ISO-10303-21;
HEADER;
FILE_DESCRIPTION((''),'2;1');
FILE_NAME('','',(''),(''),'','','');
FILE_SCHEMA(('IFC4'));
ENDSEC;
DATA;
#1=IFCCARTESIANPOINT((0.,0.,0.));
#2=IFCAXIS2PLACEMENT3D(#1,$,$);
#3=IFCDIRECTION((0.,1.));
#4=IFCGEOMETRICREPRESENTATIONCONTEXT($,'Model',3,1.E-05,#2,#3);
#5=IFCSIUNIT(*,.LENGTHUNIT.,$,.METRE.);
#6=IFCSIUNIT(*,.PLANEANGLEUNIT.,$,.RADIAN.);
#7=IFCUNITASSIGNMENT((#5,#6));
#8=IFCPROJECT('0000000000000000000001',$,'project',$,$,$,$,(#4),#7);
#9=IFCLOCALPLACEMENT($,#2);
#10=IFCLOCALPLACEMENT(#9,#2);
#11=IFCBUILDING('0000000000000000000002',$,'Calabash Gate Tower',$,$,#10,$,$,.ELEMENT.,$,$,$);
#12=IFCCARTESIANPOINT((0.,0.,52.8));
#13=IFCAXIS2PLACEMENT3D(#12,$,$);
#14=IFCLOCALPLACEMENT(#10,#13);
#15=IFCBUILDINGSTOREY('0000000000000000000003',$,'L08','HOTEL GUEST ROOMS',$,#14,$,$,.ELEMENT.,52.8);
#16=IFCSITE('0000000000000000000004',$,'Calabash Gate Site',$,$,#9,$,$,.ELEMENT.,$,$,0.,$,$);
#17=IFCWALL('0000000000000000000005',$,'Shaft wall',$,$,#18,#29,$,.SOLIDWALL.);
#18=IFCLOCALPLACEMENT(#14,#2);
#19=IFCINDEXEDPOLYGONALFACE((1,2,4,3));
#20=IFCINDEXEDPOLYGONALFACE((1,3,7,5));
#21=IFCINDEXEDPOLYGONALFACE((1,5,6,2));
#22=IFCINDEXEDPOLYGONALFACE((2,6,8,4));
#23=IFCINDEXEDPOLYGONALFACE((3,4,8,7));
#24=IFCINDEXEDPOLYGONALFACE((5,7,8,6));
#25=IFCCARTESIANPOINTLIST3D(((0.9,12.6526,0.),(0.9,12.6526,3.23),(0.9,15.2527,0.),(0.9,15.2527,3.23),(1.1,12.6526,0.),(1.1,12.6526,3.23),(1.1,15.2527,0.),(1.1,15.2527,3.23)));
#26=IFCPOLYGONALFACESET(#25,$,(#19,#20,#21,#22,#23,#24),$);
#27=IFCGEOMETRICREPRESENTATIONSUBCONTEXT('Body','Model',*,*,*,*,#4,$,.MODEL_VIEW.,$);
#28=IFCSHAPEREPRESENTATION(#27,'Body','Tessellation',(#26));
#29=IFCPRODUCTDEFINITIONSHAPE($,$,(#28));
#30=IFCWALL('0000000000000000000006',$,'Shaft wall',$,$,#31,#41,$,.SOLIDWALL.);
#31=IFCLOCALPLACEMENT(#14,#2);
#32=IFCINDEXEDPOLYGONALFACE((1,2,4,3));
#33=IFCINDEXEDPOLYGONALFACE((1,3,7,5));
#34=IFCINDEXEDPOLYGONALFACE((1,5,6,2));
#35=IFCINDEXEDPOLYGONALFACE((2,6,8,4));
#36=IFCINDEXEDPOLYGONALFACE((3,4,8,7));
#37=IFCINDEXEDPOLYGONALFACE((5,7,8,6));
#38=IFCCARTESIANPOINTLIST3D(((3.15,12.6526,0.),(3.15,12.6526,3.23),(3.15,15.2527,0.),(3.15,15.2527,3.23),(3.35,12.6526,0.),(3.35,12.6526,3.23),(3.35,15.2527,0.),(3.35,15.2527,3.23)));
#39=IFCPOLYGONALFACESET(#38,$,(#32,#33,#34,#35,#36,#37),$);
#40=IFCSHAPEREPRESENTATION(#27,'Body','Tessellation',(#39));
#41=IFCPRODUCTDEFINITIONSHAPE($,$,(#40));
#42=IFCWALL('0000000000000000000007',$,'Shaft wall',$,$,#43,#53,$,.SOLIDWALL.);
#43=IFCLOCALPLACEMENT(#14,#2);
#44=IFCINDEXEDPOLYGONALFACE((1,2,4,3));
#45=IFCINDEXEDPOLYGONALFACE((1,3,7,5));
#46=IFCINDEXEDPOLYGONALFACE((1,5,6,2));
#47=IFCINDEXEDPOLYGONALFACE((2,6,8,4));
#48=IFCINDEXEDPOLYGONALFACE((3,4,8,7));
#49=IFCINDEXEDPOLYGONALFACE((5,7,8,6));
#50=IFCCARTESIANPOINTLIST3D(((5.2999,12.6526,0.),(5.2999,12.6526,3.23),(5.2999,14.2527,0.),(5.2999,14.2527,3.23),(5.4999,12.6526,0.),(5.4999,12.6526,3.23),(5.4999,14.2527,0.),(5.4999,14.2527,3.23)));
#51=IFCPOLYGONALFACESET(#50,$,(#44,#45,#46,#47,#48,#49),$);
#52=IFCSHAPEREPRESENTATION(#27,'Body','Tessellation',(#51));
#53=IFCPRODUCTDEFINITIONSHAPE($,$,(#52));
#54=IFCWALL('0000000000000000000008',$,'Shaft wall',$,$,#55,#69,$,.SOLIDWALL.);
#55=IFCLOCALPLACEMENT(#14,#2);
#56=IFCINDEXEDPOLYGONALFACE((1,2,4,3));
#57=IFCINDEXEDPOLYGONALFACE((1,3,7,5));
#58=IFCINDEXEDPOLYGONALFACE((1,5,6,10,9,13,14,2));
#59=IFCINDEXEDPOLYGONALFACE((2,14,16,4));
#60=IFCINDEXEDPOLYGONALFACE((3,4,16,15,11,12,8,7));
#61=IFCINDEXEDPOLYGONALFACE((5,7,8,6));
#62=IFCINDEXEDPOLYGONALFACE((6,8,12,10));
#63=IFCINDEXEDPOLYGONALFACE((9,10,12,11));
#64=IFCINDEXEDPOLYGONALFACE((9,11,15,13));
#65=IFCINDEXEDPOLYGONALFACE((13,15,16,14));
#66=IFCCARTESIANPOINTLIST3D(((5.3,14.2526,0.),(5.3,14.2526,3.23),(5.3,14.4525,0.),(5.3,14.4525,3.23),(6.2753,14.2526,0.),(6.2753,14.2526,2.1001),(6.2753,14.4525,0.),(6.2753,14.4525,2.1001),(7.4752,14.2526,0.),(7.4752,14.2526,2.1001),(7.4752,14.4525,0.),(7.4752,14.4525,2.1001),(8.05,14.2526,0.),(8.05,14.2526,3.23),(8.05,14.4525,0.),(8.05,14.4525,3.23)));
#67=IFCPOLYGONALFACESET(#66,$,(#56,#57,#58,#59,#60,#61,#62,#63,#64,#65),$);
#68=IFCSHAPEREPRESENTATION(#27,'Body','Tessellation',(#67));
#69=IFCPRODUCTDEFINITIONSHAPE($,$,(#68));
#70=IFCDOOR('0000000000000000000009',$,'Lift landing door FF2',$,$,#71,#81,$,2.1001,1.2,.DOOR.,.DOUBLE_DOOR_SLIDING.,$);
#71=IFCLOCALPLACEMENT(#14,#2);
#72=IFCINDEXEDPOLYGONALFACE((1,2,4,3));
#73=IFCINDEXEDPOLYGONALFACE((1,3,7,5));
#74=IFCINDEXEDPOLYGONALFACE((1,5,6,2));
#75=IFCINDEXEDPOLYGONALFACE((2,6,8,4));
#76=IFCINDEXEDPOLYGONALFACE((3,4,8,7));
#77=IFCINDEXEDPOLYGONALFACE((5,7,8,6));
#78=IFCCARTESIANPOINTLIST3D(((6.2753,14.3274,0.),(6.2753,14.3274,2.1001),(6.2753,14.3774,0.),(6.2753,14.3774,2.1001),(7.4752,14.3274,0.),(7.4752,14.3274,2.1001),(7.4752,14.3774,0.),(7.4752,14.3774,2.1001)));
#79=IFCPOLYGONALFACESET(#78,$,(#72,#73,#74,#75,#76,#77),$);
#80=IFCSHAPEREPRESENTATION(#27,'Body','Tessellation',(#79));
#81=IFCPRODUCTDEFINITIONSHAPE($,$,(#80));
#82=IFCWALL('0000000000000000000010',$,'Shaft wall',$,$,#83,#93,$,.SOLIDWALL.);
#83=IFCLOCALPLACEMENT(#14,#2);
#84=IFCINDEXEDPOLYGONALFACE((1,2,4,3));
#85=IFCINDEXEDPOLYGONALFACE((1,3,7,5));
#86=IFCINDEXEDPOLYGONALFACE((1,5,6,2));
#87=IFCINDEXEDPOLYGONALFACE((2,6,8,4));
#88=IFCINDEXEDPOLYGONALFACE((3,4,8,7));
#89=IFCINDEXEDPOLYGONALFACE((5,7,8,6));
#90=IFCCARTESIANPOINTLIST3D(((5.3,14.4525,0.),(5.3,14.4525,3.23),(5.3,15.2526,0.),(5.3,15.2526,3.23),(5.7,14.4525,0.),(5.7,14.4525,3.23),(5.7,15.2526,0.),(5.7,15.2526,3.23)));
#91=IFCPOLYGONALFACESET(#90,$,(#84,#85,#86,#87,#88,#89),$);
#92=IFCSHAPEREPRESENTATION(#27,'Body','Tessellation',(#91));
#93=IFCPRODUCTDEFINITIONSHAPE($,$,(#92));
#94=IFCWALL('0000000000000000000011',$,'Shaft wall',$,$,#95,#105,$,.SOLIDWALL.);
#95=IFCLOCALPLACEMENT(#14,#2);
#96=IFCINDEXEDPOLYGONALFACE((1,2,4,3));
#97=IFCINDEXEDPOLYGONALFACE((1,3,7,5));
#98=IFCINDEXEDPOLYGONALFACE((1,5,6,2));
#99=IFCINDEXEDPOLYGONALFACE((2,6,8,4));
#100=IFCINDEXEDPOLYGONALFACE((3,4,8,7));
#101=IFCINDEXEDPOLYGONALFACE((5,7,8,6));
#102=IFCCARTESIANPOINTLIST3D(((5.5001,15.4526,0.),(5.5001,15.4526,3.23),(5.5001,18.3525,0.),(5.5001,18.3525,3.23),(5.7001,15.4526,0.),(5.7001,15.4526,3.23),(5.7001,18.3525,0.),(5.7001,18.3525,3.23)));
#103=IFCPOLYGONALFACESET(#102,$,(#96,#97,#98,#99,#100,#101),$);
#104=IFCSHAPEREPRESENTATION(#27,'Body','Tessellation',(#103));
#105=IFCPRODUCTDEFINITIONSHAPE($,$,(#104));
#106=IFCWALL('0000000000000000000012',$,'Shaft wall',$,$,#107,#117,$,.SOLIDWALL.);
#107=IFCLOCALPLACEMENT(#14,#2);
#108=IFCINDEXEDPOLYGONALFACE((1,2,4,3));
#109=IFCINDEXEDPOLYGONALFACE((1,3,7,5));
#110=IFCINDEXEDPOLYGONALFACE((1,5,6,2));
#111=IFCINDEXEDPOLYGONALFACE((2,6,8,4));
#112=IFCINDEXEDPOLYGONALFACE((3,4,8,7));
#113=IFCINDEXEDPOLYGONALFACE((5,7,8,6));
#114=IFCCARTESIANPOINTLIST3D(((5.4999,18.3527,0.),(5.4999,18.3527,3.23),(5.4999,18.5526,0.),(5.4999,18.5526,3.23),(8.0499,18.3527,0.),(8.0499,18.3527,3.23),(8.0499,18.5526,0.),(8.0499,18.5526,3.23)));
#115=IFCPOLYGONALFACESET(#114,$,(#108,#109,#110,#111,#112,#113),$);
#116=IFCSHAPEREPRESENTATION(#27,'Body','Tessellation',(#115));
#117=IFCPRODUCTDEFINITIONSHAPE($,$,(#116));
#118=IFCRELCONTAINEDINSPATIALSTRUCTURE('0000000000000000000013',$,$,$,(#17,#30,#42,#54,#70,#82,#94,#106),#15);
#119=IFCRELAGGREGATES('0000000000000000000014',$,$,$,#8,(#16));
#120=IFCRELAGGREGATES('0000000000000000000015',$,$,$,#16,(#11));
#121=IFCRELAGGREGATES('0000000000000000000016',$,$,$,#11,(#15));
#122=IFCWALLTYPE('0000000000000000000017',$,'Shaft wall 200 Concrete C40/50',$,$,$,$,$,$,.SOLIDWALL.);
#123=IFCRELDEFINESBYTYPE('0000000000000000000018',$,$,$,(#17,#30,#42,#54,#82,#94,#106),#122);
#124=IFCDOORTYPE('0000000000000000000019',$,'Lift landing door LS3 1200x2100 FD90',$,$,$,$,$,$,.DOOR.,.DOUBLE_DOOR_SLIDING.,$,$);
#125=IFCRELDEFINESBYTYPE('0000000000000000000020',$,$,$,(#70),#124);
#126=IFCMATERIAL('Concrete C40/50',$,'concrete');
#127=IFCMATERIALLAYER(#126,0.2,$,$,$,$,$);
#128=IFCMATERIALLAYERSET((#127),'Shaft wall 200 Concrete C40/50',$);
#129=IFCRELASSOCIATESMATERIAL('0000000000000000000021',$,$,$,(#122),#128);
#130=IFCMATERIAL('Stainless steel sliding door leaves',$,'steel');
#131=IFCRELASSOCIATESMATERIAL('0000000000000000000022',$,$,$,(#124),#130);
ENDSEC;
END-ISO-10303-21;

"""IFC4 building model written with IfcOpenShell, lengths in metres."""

from ifc_helpers import new_model, si_unit, direction, frame, frame_2d, origin, place, context, subcontext, project, spatial, rectangle, extrude, material, layer, layer_set, type_object, element, fill, save


model = new_model("IFC4")

# Units and contexts
model_context = context("Model", 3, precision=1e-05, world=origin(), true_north=direction((0.0, 1.0)))
body_context = subcontext(model_context, "Body", "Model", "MODEL_VIEW")
ifc_project = project(units=[si_unit("LENGTHUNIT", "METRE"), si_unit("PLANEANGLEUNIT", "RADIAN")], contexts=[model_context])

# Site, building, storey
site_placement = place(None, origin())
site = spatial("IfcSite", under=ifc_project, at=site_placement, Name="Calabash Gate Site", CompositionType="ELEMENT", RefElevation=0.0)
building_placement = place(site_placement, origin())
building = spatial("IfcBuilding", under=site, at=building_placement, Name="Calabash Gate Tower", CompositionType="ELEMENT")
storey_placement = place(building_placement, frame((0.0, 0.0, 52.8)))
storey = spatial("IfcBuildingStorey", under=building, at=storey_placement, Name="L08", Description="HOTEL GUEST ROOMS", CompositionType="ELEMENT", Elevation=52.8)

# Shared definitions
ifc_material_1 = material(Name="Concrete C40/50", Category="concrete")
ifc_layer_1 = layer(ifc_material_1, 0.2)
ifc_layer_set_1 = layer_set([ifc_layer_1], Name="Shaft wall 200 Concrete C40/50")
wall_type_1 = type_object("IfcWallType", Name="Shaft wall 200 Concrete C40/50", PredefinedType="SOLIDWALL", material=ifc_layer_set_1)

# Walls
for number, where, z_axis, x_axis, name in (
    (1, (1.0, 12.6526, 0.0), (0.0, 0.0, 1.0), (0.0, 1.0, 0.0), "Shaft wall"),
    (2, (3.25, 12.6526, 0.0), (0.0, 0.0, 1.0), (0.0, 1.0, 0.0), "Shaft wall"),
):
    element("IfcWall", number, at=place(storey_placement, frame(where, z_axis=z_axis, x_axis=x_axis)), inside=storey, type_object=wall_type_1, Name=name, PredefinedType="SOLIDWALL", context=body_context, shape_type="SweptSolid", body=[
        extrude(rectangle(XDim=2.6001, YDim=0.2, at=frame_2d((1.3, 0.0))), origin(), (0.0, 0.0, 1.0), 3.23),
    ])
wall_1_placement = place(storey_placement, frame((5.3999, 12.6526, 0.0), z_axis=(0.0, 0.0, 1.0), x_axis=(0.0, 1.0, 0.0)))
element("IfcWall", 3, at=wall_1_placement, inside=storey, type_object=wall_type_1, Name="Shaft wall", PredefinedType="SOLIDWALL", context=body_context, shape_type="SweptSolid", body=[
    extrude(rectangle(XDim=1.6001, YDim=0.2, at=frame_2d((0.8, 0.0))), origin(), (0.0, 0.0, 1.0), 3.23),
])

# Wall, opening, door
wall_2_placement = place(storey_placement, frame((5.3, 14.3525, 0.0), z_axis=(0.0, 0.0, 1.0), x_axis=(1.0, 0.0, 0.0)))
wall_2 = element("IfcWall", 4, at=wall_2_placement, inside=storey, type_object=wall_type_1, Name="Shaft wall", PredefinedType="SOLIDWALL", context=body_context, shape_type="SweptSolid", body=[
    extrude(rectangle(XDim=2.75, YDim=0.2, at=frame_2d((1.375, 0.0))), origin(), (0.0, 0.0, 1.0), 3.23),
])
opening_1_placement = place(wall_2_placement, frame((0.9751, 0.0, 0.0)))
opening_1 = element("IfcOpeningElement", 5, at=opening_1_placement, cuts=wall_2, PredefinedType="OPENING", context=body_context, shape_type="SweptSolid", body=[
    extrude(rectangle(XDim=1.2, YDim=2.1001, at=frame_2d((0.6001, 1.05))), frame((0.0, 0.1099, 0.0), z_axis=(0.0, -1.0, 0.0), x_axis=(1.0, 0.0, 0.0)), (0.0, 0.0, 1.0), 0.22),
])
ifc_material_2 = material(Name="Stainless steel sliding door leaves", Category="steel")
door_type_1 = type_object("IfcDoorType", Name="Lift landing door LS3 1200x2100 FD90", OperationType="DOUBLE_DOOR_SLIDING", PredefinedType="DOOR", material=ifc_material_2)
door_1_placement = place(opening_1_placement, origin())
door_1 = element("IfcDoor", 6, at=door_1_placement, inside=storey, type_object=door_type_1, Name="Lift landing door FF2", OperationType="DOUBLE_DOOR_SLIDING", OverallHeight=2.1001, OverallWidth=1.2, PredefinedType="DOOR", context=body_context, shape_type="SweptSolid", body=[
    extrude(rectangle(XDim=1.2, YDim=2.1001, at=frame_2d((0.6001, 1.05))), frame((0.0, 0.0249, 0.0), z_axis=(0.0, -1.0, 0.0), x_axis=(1.0, 0.0, 0.0)), (0.0, 0.0, 1.0), 0.05),
])
fill(opening_1, door_1)

# Walls
wall_3_placement = place(storey_placement, frame((5.5, 14.4526, 0.0), z_axis=(0.0, 0.0, 1.0), x_axis=(0.0, 1.0, 0.0)))
element("IfcWall", 7, at=wall_3_placement, inside=storey, type_object=wall_type_1, Name="Shaft wall", PredefinedType="SOLIDWALL", context=body_context, shape_type="SweptSolid", body=[
    extrude(rectangle(XDim=0.8, YDim=0.3999, at=frame_2d((0.3999, 0.0))), origin(), (0.0, 0.0, 1.0), 3.23),
])
wall_4_placement = place(storey_placement, frame((5.6001, 15.4526, 0.0), z_axis=(0.0, 0.0, 1.0), x_axis=(0.0, 1.0, 0.0)))
element("IfcWall", 8, at=wall_4_placement, inside=storey, type_object=wall_type_1, Name="Shaft wall", PredefinedType="SOLIDWALL", context=body_context, shape_type="SweptSolid", body=[
    extrude(rectangle(XDim=2.8999, YDim=0.2, at=frame_2d((1.45, 0.0))), origin(), (0.0, 0.0, 1.0), 3.23),
])
wall_5_placement = place(storey_placement, frame((5.5, 18.4526, 0.0), z_axis=(0.0, 0.0, 1.0), x_axis=(1.0, 0.0, 0.0)))
element("IfcWall", 9, at=wall_5_placement, inside=storey, type_object=wall_type_1, Name="Shaft wall", PredefinedType="SOLIDWALL", context=body_context, shape_type="SweptSolid", body=[
    extrude(rectangle(XDim=2.55, YDim=0.2, at=frame_2d((1.2749, 0.0))), origin(), (0.0, 0.0, 1.0), 3.23),
])

save(model, "model.ifc")
